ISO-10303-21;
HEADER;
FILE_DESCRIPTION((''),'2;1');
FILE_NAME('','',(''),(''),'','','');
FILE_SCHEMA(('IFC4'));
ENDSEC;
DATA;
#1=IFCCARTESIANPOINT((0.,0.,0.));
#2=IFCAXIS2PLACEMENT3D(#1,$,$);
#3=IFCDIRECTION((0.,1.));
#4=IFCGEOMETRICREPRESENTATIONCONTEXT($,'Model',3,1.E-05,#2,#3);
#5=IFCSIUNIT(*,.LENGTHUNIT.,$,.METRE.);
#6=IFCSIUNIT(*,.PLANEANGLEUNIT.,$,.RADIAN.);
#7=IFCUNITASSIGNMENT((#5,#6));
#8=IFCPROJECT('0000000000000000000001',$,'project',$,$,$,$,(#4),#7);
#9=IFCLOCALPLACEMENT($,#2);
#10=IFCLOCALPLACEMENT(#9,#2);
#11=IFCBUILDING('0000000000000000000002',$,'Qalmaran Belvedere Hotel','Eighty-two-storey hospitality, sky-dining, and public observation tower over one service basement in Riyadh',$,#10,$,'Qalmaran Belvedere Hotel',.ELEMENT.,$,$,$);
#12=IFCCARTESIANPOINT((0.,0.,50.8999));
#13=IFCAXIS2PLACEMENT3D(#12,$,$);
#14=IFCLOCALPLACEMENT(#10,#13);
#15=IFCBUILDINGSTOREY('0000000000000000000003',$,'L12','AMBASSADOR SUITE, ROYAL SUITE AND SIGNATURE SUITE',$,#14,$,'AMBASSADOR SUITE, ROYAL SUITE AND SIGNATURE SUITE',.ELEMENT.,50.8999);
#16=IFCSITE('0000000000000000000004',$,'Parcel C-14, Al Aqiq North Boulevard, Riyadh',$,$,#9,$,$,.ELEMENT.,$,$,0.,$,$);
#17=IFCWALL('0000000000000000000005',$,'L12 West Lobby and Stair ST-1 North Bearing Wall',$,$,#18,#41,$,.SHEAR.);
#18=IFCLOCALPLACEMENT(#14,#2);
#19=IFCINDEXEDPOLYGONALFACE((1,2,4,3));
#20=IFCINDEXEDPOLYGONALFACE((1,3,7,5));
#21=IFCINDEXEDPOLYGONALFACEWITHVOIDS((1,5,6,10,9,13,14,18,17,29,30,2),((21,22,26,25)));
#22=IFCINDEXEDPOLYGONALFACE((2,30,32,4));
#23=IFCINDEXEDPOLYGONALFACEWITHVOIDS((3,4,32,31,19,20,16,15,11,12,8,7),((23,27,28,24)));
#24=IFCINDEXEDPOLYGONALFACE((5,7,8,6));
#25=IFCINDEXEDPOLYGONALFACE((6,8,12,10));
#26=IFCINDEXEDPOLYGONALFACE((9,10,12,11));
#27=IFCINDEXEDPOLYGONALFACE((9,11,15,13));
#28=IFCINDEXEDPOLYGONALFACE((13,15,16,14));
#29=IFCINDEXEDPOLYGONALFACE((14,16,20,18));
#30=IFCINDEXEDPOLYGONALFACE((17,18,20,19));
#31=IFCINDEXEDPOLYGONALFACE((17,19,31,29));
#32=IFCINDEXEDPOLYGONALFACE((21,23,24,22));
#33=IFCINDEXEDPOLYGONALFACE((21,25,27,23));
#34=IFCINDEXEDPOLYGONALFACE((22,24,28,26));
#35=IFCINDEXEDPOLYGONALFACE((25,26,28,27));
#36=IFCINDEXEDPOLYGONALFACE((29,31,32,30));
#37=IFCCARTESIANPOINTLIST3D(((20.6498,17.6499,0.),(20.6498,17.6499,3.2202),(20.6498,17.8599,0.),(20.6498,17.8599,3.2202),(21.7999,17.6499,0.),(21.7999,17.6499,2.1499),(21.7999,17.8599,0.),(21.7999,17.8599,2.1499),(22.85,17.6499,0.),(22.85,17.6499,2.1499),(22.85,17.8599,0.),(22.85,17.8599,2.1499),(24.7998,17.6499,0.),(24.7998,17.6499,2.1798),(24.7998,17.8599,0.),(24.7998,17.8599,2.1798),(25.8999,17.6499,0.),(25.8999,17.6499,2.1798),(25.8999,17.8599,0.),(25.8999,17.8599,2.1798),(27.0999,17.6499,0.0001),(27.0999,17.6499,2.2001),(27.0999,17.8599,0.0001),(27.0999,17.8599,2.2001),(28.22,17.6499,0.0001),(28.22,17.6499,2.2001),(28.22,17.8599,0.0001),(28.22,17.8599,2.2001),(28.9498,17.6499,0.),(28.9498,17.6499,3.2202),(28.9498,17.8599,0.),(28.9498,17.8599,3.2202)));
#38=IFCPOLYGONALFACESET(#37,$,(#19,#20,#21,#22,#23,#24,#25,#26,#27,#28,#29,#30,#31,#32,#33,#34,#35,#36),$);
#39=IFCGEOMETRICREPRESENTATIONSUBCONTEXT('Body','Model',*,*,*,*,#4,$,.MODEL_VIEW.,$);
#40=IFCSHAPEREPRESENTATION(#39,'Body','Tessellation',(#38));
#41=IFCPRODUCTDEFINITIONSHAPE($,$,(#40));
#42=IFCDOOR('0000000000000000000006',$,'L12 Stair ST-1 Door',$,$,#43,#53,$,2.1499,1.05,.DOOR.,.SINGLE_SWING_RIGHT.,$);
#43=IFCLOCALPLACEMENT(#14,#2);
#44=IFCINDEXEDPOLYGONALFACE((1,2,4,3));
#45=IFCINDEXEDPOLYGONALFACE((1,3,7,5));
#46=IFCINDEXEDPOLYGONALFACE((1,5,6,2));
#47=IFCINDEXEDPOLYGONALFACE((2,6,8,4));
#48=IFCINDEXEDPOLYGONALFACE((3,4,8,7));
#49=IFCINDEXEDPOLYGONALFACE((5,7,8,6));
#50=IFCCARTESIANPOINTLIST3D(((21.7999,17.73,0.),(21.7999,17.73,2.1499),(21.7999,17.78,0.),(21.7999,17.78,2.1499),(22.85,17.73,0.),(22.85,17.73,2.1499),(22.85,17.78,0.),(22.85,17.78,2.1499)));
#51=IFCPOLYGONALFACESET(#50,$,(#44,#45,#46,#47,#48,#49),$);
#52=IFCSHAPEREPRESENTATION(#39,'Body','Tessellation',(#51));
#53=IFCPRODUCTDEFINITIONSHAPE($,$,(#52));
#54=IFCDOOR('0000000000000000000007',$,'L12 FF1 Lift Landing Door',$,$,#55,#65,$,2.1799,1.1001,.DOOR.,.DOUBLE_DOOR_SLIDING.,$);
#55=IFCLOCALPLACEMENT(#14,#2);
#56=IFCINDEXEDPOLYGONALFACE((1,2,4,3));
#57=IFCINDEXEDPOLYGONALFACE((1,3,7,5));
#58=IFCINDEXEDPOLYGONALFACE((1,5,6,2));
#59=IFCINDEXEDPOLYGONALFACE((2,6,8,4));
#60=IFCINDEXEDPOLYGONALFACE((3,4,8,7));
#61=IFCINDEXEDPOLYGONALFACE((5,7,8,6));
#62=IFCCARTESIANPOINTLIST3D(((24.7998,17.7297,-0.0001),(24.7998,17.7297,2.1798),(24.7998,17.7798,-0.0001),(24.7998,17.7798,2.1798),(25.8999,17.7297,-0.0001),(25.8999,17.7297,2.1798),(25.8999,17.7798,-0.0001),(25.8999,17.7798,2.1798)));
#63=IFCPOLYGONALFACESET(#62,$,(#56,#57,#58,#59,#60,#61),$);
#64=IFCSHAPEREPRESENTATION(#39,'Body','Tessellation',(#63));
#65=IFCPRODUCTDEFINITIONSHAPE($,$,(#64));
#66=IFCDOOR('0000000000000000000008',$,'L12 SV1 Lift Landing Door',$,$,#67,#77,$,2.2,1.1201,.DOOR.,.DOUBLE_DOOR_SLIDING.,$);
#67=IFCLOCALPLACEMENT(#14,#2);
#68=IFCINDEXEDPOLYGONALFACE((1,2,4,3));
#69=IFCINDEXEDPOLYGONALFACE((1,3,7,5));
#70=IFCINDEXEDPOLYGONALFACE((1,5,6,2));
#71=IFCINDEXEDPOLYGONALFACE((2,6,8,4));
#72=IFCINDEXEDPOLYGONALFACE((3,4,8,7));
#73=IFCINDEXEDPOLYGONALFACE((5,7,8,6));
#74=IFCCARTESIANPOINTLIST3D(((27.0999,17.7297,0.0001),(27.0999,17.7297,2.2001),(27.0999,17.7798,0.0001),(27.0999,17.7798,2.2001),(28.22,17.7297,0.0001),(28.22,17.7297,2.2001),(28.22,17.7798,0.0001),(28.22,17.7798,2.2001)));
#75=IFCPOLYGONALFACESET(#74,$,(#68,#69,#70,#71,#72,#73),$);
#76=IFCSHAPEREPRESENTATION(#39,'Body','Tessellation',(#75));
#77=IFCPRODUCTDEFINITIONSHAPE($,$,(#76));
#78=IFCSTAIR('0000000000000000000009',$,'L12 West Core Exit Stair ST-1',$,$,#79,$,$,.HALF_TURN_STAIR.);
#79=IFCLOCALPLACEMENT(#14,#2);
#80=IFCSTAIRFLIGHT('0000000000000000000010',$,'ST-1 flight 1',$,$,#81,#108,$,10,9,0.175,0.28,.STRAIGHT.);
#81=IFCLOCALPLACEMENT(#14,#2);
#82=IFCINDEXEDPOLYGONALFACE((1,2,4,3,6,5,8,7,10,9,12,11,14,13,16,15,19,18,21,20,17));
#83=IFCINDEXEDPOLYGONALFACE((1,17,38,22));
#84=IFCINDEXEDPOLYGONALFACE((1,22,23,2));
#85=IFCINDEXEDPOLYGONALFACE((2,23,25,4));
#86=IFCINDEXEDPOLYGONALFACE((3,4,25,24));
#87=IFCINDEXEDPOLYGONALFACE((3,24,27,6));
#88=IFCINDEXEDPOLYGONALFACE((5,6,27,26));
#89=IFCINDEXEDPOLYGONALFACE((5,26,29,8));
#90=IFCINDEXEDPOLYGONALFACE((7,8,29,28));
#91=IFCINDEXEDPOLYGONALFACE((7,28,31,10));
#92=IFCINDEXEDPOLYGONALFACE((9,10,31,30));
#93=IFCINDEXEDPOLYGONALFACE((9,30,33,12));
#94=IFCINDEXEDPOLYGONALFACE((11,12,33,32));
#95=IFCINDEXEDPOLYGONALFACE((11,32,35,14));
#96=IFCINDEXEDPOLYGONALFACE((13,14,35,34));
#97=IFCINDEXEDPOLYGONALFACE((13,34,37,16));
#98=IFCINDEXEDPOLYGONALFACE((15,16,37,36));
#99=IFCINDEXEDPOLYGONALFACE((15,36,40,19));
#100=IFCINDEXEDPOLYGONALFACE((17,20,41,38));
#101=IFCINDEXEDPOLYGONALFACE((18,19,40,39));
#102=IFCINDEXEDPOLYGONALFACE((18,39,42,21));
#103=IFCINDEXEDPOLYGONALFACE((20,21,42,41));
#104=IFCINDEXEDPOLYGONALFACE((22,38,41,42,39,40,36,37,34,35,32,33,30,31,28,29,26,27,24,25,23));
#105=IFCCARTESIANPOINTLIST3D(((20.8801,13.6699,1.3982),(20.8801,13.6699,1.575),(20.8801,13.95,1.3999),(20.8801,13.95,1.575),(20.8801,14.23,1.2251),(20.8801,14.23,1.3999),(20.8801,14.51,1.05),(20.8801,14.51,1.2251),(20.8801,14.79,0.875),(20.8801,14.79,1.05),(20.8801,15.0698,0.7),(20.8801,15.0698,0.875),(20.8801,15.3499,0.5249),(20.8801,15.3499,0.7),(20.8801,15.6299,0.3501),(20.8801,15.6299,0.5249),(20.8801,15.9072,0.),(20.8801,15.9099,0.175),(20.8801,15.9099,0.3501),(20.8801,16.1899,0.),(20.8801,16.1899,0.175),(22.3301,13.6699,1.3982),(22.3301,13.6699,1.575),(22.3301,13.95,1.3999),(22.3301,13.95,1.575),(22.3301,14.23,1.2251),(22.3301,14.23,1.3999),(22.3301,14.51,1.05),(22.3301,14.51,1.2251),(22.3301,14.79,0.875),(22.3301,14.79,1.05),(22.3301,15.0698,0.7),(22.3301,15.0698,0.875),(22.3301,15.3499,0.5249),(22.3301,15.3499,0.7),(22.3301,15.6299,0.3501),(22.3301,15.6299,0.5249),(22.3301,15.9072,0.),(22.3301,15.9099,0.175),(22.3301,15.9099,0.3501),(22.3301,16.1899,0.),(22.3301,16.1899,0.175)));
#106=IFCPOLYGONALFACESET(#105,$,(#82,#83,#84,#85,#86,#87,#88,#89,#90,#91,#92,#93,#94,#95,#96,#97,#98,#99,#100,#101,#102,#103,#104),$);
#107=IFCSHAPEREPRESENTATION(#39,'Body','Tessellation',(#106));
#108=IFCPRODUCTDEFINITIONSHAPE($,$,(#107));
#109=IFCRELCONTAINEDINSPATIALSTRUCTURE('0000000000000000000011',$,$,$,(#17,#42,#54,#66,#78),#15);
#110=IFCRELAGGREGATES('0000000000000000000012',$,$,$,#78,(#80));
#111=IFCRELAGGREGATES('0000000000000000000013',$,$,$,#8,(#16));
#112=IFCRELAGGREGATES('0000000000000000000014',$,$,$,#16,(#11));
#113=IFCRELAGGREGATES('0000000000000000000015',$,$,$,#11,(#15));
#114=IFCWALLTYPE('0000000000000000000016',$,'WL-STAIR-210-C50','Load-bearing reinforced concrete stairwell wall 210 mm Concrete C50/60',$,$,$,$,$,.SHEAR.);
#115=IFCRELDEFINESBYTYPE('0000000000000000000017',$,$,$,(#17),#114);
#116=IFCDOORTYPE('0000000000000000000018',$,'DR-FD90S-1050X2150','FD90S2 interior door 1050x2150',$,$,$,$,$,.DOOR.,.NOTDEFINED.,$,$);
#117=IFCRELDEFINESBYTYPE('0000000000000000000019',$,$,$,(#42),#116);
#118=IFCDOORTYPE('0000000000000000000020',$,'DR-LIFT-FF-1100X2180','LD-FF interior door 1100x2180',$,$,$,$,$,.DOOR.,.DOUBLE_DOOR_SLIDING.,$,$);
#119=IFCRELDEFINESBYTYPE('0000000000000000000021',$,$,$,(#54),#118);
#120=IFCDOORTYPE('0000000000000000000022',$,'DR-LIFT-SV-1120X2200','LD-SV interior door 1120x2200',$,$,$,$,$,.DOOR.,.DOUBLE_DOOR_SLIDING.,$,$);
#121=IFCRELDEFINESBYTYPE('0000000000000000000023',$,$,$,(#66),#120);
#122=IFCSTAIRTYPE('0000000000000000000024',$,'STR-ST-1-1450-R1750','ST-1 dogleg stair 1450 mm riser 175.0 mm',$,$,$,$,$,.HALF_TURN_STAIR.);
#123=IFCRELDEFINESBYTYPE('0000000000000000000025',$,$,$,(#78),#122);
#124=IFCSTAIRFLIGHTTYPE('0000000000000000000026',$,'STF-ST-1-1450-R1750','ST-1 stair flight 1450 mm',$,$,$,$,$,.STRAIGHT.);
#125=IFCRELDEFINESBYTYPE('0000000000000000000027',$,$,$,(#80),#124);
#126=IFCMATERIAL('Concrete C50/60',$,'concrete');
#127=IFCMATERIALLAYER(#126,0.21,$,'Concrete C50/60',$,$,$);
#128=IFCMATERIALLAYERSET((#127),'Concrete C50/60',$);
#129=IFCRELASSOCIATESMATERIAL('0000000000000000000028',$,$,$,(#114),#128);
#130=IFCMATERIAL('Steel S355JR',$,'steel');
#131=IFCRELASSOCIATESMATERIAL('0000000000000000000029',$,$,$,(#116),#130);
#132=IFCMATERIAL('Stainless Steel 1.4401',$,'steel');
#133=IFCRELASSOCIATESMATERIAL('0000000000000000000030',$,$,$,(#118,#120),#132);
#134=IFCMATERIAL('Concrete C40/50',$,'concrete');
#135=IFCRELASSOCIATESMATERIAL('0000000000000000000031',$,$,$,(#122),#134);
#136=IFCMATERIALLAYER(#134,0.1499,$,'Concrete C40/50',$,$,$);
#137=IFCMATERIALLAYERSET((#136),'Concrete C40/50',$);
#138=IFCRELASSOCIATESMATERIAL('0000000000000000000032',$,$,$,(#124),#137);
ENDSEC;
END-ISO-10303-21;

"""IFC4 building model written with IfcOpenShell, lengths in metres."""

from ifc_helpers import new_model, si_unit, direction, frame, frame_2d, origin, place, context, subcontext, project, spatial, polyline, rectangle, outline, extrude, material, layer, layer_set, type_object, element, fill, aggregate, save


model = new_model("IFC4")

# Units and contexts
model_context = context("Model", 3, precision=1e-05, world=origin(), true_north=direction((0.0, 1.0)))
body_context = subcontext(model_context, "Body", "Model", "MODEL_VIEW")
ifc_project = project(units=[si_unit("LENGTHUNIT", "METRE"), si_unit("PLANEANGLEUNIT", "RADIAN")], contexts=[model_context])

# Site, building, storey
site_placement = place(None, origin())
site = spatial("IfcSite", under=ifc_project, at=site_placement, Name="Parcel C-14, Al Aqiq North Boulevard, Riyadh", CompositionType="ELEMENT", RefElevation=0.0)
building_placement = place(site_placement, origin())
building = spatial("IfcBuilding", under=site, at=building_placement, Name="Qalmaran Belvedere Hotel", Description="Eighty-two-storey hospitality, sky-dining, and public observation tower over one service basement in Riyadh", LongName="Qalmaran Belvedere Hotel", CompositionType="ELEMENT")
storey_placement = place(building_placement, frame((0.0, 0.0, 50.8999)))
storey = spatial("IfcBuildingStorey", under=building, at=storey_placement, Name="L12", Description="AMBASSADOR SUITE, ROYAL SUITE AND SIGNATURE SUITE", LongName="AMBASSADOR SUITE, ROYAL SUITE AND SIGNATURE SUITE", CompositionType="ELEMENT", Elevation=50.8999)

# Shared definitions
ifc_material_1 = material(Name="Steel S355JR", Category="steel")

# Wall, openings, doors
ifc_material_2 = material(Name="Concrete C50/60", Category="concrete")
ifc_layer_1 = layer(ifc_material_2, 0.21, Name="Concrete C50/60")
ifc_layer_set_1 = layer_set([ifc_layer_1], Name="Concrete C50/60")
wall_type_1 = type_object("IfcWallType", Name="WL-STAIR-210-C50", Description="Load-bearing reinforced concrete stairwell wall 210 mm Concrete C50/60", PredefinedType="SHEAR", material=ifc_layer_set_1)
wall_1_placement = place(storey_placement, frame((20.6499, 17.7549, 0.0), z_axis=(0.0, 0.0, 1.0), x_axis=(1.0, 0.0, 0.0)))
wall_1 = element("IfcWall", 1, at=wall_1_placement, inside=storey, type_object=wall_type_1, Name="L12 West Lobby and Stair ST-1 North Bearing Wall", PredefinedType="SHEAR", context=body_context, shape_type="SweptSolid", body=[
    extrude(rectangle(XDim=8.3, YDim=0.21, at=frame_2d((4.1499, 0.0))), origin(), (0.0, 0.0, 1.0), 3.2202),
])
opening_1_placement = place(wall_1_placement, frame((2.2, 0.0, 0.0), z_axis=(0.0, 0.0, 1.0), x_axis=(-1.0, 0.0, 0.0)))
opening_1 = element("IfcOpeningElement", 2, at=opening_1_placement, cuts=wall_1, PredefinedType="OPENING", context=body_context, shape_type="SweptSolid", body=[
    extrude(rectangle(XDim=1.05, YDim=2.1499, at=frame_2d((0.5249, 1.075))), frame((0.0, 0.115, 0.0), z_axis=(0.0, -1.0, 0.0), x_axis=(1.0, 0.0, 0.0)), (0.0, 0.0, 1.0), 0.23),
])
opening_2_placement = place(wall_1_placement, frame((4.1499, 0.0, 0.0)))
opening_2 = element("IfcOpeningElement", 3, at=opening_2_placement, cuts=wall_1, PredefinedType="OPENING", context=body_context, shape_type="SweptSolid", body=[
    extrude(rectangle(XDim=1.1001, YDim=2.1799, at=frame_2d((0.55, 1.0898))), frame((0.0, 0.115, 0.0), z_axis=(0.0, -1.0, 0.0), x_axis=(1.0, 0.0, 0.0)), (0.0, 0.0, 1.0), 0.23),
])
opening_3_placement = place(wall_1_placement, frame((6.45, 0.0, 0.0)))
opening_3 = element("IfcOpeningElement", 4, at=opening_3_placement, cuts=wall_1, PredefinedType="OPENING", context=body_context, shape_type="SweptSolid", body=[
    extrude(rectangle(XDim=1.1201, YDim=2.2, at=frame_2d((0.5601, 1.1001))), frame((0.0, 0.115, 0.0), z_axis=(0.0, -1.0, 0.0), x_axis=(1.0, 0.0, 0.0)), (0.0, 0.0, 1.0), 0.23),
])
door_type_1 = type_object("IfcDoorType", Name="DR-FD90S-1050X2150", Description="FD90S2 interior door 1050x2150", OperationType="NOTDEFINED", PredefinedType="DOOR", material=ifc_material_1)
door_1_placement = place(opening_1_placement, origin())
door_1 = element("IfcDoor", 5, at=door_1_placement, inside=storey, type_object=door_type_1, Name="L12 Stair ST-1 Door", OperationType="SINGLE_SWING_RIGHT", OverallHeight=2.1499, OverallWidth=1.05, PredefinedType="DOOR", context=body_context, shape_type="SweptSolid", body=[
    extrude(rectangle(XDim=1.05, YDim=2.1499, at=frame_2d((0.5249, 1.075))), frame((0.0, 0.0249, 0.0), z_axis=(0.0, -1.0, 0.0), x_axis=(1.0, 0.0, 0.0)), (0.0, 0.0, 1.0), 0.05),
])
fill(opening_1, door_1)
ifc_material_3 = material(Name="Stainless Steel 1.4401", Category="steel")
door_type_2 = type_object("IfcDoorType", Name="DR-LIFT-FF-1100X2180", Description="LD-FF interior door 1100x2180", OperationType="DOUBLE_DOOR_SLIDING", PredefinedType="DOOR", material=ifc_material_3)
door_2_placement = place(opening_2_placement, origin())
door_2 = element("IfcDoor", 6, at=door_2_placement, inside=storey, type_object=door_type_2, Name="L12 FF1 Lift Landing Door", OperationType="DOUBLE_DOOR_SLIDING", OverallHeight=2.1799, OverallWidth=1.1001, PredefinedType="DOOR", context=body_context, shape_type="SweptSolid", body=[
    extrude(rectangle(XDim=1.1001, YDim=2.1799, at=frame_2d((0.55, 1.0898))), frame((0.0, 0.0249, 0.0), z_axis=(0.0, -1.0, 0.0), x_axis=(1.0, 0.0, 0.0)), (0.0, 0.0, 1.0), 0.05),
])
fill(opening_2, door_2)
door_type_3 = type_object("IfcDoorType", Name="DR-LIFT-SV-1120X2200", Description="LD-SV interior door 1120x2200", OperationType="DOUBLE_DOOR_SLIDING", PredefinedType="DOOR", material=ifc_material_3)
door_3_placement = place(opening_3_placement, origin())
door_3 = element("IfcDoor", 7, at=door_3_placement, inside=storey, type_object=door_type_3, Name="L12 SV1 Lift Landing Door", OperationType="DOUBLE_DOOR_SLIDING", OverallHeight=2.2, OverallWidth=1.1201, PredefinedType="DOOR", context=body_context, shape_type="SweptSolid", body=[
    extrude(rectangle(XDim=1.1201, YDim=2.2, at=frame_2d((0.5601, 1.1001))), frame((0.0, 0.0249, 0.0), z_axis=(0.0, -1.0, 0.0), x_axis=(1.0, 0.0, 0.0)), (0.0, 0.0, 1.0), 0.05),
])
fill(opening_3, door_3)

# Stair, stair flight
ifc_material_4 = material(Name="Concrete C40/50", Category="concrete")
stair_type = type_object("IfcStairType", Name="STR-ST-1-1450-R1750", Description="ST-1 dogleg stair 1450 mm riser 175.0 mm", PredefinedType="HALF_TURN_STAIR", material=ifc_material_4)
stair_placement = place(storey_placement, origin())
stair = element("IfcStair", 8, at=stair_placement, inside=storey, type_object=stair_type, Name="L12 West Core Exit Stair ST-1", PredefinedType="HALF_TURN_STAIR")
ifc_layer_2 = layer(ifc_material_4, 0.1499, Name="Concrete C40/50")
ifc_layer_set_2 = layer_set([ifc_layer_2], Name="Concrete C40/50")
stair_flight_type = type_object("IfcStairFlightType", Name="STF-ST-1-1450-R1750", Description="ST-1 stair flight 1450 mm", PredefinedType="STRAIGHT", material=ifc_layer_set_2)
stair_flight_placement = place(storey_placement, frame((21.605, 16.1899, 0.0), z_axis=(0.0, 0.0, 1.0), x_axis=(0.0, -1.0, 0.0)))
stair_flight = element("IfcStairFlight", 9, at=stair_flight_placement, type_object=stair_flight_type, Name="ST-1 flight 1", NumberOfRisers=10, NumberOfTreads=9, PredefinedType="STRAIGHT", RiserHeight=0.175, TreadLength=0.28, context=body_context, shape_type="SweptSolid", body=[
    extrude(outline(polyline([(0.0, 0.0), (0.0, 0.175), (0.28, 0.175), (0.28, 0.3501), (0.5601, 0.3501), (0.5601, 0.5249), (0.8401, 0.5249), (0.8401, 0.7), (1.1201, 0.7), (1.1201, 0.875), (1.3999, 0.875), (1.3999, 1.05), (1.6799, 1.05), (1.6799, 1.2251), (1.96, 1.2251), (1.96, 1.3999), (2.24, 1.3999), (2.24, 1.575), (2.52, 1.575), (2.52, 1.75), (2.52, 1.3982), (0.2827, 0.0), (0.0, 0.0)])), frame((0.0, 0.7251, 0.0), z_axis=(0.0, -1.0, 0.0), x_axis=(1.0, 0.0, 0.0)), (0.0, 0.0, 1.0), 1.45),
])
aggregate(stair, [stair_flight])

save(model, "model.ifc")
